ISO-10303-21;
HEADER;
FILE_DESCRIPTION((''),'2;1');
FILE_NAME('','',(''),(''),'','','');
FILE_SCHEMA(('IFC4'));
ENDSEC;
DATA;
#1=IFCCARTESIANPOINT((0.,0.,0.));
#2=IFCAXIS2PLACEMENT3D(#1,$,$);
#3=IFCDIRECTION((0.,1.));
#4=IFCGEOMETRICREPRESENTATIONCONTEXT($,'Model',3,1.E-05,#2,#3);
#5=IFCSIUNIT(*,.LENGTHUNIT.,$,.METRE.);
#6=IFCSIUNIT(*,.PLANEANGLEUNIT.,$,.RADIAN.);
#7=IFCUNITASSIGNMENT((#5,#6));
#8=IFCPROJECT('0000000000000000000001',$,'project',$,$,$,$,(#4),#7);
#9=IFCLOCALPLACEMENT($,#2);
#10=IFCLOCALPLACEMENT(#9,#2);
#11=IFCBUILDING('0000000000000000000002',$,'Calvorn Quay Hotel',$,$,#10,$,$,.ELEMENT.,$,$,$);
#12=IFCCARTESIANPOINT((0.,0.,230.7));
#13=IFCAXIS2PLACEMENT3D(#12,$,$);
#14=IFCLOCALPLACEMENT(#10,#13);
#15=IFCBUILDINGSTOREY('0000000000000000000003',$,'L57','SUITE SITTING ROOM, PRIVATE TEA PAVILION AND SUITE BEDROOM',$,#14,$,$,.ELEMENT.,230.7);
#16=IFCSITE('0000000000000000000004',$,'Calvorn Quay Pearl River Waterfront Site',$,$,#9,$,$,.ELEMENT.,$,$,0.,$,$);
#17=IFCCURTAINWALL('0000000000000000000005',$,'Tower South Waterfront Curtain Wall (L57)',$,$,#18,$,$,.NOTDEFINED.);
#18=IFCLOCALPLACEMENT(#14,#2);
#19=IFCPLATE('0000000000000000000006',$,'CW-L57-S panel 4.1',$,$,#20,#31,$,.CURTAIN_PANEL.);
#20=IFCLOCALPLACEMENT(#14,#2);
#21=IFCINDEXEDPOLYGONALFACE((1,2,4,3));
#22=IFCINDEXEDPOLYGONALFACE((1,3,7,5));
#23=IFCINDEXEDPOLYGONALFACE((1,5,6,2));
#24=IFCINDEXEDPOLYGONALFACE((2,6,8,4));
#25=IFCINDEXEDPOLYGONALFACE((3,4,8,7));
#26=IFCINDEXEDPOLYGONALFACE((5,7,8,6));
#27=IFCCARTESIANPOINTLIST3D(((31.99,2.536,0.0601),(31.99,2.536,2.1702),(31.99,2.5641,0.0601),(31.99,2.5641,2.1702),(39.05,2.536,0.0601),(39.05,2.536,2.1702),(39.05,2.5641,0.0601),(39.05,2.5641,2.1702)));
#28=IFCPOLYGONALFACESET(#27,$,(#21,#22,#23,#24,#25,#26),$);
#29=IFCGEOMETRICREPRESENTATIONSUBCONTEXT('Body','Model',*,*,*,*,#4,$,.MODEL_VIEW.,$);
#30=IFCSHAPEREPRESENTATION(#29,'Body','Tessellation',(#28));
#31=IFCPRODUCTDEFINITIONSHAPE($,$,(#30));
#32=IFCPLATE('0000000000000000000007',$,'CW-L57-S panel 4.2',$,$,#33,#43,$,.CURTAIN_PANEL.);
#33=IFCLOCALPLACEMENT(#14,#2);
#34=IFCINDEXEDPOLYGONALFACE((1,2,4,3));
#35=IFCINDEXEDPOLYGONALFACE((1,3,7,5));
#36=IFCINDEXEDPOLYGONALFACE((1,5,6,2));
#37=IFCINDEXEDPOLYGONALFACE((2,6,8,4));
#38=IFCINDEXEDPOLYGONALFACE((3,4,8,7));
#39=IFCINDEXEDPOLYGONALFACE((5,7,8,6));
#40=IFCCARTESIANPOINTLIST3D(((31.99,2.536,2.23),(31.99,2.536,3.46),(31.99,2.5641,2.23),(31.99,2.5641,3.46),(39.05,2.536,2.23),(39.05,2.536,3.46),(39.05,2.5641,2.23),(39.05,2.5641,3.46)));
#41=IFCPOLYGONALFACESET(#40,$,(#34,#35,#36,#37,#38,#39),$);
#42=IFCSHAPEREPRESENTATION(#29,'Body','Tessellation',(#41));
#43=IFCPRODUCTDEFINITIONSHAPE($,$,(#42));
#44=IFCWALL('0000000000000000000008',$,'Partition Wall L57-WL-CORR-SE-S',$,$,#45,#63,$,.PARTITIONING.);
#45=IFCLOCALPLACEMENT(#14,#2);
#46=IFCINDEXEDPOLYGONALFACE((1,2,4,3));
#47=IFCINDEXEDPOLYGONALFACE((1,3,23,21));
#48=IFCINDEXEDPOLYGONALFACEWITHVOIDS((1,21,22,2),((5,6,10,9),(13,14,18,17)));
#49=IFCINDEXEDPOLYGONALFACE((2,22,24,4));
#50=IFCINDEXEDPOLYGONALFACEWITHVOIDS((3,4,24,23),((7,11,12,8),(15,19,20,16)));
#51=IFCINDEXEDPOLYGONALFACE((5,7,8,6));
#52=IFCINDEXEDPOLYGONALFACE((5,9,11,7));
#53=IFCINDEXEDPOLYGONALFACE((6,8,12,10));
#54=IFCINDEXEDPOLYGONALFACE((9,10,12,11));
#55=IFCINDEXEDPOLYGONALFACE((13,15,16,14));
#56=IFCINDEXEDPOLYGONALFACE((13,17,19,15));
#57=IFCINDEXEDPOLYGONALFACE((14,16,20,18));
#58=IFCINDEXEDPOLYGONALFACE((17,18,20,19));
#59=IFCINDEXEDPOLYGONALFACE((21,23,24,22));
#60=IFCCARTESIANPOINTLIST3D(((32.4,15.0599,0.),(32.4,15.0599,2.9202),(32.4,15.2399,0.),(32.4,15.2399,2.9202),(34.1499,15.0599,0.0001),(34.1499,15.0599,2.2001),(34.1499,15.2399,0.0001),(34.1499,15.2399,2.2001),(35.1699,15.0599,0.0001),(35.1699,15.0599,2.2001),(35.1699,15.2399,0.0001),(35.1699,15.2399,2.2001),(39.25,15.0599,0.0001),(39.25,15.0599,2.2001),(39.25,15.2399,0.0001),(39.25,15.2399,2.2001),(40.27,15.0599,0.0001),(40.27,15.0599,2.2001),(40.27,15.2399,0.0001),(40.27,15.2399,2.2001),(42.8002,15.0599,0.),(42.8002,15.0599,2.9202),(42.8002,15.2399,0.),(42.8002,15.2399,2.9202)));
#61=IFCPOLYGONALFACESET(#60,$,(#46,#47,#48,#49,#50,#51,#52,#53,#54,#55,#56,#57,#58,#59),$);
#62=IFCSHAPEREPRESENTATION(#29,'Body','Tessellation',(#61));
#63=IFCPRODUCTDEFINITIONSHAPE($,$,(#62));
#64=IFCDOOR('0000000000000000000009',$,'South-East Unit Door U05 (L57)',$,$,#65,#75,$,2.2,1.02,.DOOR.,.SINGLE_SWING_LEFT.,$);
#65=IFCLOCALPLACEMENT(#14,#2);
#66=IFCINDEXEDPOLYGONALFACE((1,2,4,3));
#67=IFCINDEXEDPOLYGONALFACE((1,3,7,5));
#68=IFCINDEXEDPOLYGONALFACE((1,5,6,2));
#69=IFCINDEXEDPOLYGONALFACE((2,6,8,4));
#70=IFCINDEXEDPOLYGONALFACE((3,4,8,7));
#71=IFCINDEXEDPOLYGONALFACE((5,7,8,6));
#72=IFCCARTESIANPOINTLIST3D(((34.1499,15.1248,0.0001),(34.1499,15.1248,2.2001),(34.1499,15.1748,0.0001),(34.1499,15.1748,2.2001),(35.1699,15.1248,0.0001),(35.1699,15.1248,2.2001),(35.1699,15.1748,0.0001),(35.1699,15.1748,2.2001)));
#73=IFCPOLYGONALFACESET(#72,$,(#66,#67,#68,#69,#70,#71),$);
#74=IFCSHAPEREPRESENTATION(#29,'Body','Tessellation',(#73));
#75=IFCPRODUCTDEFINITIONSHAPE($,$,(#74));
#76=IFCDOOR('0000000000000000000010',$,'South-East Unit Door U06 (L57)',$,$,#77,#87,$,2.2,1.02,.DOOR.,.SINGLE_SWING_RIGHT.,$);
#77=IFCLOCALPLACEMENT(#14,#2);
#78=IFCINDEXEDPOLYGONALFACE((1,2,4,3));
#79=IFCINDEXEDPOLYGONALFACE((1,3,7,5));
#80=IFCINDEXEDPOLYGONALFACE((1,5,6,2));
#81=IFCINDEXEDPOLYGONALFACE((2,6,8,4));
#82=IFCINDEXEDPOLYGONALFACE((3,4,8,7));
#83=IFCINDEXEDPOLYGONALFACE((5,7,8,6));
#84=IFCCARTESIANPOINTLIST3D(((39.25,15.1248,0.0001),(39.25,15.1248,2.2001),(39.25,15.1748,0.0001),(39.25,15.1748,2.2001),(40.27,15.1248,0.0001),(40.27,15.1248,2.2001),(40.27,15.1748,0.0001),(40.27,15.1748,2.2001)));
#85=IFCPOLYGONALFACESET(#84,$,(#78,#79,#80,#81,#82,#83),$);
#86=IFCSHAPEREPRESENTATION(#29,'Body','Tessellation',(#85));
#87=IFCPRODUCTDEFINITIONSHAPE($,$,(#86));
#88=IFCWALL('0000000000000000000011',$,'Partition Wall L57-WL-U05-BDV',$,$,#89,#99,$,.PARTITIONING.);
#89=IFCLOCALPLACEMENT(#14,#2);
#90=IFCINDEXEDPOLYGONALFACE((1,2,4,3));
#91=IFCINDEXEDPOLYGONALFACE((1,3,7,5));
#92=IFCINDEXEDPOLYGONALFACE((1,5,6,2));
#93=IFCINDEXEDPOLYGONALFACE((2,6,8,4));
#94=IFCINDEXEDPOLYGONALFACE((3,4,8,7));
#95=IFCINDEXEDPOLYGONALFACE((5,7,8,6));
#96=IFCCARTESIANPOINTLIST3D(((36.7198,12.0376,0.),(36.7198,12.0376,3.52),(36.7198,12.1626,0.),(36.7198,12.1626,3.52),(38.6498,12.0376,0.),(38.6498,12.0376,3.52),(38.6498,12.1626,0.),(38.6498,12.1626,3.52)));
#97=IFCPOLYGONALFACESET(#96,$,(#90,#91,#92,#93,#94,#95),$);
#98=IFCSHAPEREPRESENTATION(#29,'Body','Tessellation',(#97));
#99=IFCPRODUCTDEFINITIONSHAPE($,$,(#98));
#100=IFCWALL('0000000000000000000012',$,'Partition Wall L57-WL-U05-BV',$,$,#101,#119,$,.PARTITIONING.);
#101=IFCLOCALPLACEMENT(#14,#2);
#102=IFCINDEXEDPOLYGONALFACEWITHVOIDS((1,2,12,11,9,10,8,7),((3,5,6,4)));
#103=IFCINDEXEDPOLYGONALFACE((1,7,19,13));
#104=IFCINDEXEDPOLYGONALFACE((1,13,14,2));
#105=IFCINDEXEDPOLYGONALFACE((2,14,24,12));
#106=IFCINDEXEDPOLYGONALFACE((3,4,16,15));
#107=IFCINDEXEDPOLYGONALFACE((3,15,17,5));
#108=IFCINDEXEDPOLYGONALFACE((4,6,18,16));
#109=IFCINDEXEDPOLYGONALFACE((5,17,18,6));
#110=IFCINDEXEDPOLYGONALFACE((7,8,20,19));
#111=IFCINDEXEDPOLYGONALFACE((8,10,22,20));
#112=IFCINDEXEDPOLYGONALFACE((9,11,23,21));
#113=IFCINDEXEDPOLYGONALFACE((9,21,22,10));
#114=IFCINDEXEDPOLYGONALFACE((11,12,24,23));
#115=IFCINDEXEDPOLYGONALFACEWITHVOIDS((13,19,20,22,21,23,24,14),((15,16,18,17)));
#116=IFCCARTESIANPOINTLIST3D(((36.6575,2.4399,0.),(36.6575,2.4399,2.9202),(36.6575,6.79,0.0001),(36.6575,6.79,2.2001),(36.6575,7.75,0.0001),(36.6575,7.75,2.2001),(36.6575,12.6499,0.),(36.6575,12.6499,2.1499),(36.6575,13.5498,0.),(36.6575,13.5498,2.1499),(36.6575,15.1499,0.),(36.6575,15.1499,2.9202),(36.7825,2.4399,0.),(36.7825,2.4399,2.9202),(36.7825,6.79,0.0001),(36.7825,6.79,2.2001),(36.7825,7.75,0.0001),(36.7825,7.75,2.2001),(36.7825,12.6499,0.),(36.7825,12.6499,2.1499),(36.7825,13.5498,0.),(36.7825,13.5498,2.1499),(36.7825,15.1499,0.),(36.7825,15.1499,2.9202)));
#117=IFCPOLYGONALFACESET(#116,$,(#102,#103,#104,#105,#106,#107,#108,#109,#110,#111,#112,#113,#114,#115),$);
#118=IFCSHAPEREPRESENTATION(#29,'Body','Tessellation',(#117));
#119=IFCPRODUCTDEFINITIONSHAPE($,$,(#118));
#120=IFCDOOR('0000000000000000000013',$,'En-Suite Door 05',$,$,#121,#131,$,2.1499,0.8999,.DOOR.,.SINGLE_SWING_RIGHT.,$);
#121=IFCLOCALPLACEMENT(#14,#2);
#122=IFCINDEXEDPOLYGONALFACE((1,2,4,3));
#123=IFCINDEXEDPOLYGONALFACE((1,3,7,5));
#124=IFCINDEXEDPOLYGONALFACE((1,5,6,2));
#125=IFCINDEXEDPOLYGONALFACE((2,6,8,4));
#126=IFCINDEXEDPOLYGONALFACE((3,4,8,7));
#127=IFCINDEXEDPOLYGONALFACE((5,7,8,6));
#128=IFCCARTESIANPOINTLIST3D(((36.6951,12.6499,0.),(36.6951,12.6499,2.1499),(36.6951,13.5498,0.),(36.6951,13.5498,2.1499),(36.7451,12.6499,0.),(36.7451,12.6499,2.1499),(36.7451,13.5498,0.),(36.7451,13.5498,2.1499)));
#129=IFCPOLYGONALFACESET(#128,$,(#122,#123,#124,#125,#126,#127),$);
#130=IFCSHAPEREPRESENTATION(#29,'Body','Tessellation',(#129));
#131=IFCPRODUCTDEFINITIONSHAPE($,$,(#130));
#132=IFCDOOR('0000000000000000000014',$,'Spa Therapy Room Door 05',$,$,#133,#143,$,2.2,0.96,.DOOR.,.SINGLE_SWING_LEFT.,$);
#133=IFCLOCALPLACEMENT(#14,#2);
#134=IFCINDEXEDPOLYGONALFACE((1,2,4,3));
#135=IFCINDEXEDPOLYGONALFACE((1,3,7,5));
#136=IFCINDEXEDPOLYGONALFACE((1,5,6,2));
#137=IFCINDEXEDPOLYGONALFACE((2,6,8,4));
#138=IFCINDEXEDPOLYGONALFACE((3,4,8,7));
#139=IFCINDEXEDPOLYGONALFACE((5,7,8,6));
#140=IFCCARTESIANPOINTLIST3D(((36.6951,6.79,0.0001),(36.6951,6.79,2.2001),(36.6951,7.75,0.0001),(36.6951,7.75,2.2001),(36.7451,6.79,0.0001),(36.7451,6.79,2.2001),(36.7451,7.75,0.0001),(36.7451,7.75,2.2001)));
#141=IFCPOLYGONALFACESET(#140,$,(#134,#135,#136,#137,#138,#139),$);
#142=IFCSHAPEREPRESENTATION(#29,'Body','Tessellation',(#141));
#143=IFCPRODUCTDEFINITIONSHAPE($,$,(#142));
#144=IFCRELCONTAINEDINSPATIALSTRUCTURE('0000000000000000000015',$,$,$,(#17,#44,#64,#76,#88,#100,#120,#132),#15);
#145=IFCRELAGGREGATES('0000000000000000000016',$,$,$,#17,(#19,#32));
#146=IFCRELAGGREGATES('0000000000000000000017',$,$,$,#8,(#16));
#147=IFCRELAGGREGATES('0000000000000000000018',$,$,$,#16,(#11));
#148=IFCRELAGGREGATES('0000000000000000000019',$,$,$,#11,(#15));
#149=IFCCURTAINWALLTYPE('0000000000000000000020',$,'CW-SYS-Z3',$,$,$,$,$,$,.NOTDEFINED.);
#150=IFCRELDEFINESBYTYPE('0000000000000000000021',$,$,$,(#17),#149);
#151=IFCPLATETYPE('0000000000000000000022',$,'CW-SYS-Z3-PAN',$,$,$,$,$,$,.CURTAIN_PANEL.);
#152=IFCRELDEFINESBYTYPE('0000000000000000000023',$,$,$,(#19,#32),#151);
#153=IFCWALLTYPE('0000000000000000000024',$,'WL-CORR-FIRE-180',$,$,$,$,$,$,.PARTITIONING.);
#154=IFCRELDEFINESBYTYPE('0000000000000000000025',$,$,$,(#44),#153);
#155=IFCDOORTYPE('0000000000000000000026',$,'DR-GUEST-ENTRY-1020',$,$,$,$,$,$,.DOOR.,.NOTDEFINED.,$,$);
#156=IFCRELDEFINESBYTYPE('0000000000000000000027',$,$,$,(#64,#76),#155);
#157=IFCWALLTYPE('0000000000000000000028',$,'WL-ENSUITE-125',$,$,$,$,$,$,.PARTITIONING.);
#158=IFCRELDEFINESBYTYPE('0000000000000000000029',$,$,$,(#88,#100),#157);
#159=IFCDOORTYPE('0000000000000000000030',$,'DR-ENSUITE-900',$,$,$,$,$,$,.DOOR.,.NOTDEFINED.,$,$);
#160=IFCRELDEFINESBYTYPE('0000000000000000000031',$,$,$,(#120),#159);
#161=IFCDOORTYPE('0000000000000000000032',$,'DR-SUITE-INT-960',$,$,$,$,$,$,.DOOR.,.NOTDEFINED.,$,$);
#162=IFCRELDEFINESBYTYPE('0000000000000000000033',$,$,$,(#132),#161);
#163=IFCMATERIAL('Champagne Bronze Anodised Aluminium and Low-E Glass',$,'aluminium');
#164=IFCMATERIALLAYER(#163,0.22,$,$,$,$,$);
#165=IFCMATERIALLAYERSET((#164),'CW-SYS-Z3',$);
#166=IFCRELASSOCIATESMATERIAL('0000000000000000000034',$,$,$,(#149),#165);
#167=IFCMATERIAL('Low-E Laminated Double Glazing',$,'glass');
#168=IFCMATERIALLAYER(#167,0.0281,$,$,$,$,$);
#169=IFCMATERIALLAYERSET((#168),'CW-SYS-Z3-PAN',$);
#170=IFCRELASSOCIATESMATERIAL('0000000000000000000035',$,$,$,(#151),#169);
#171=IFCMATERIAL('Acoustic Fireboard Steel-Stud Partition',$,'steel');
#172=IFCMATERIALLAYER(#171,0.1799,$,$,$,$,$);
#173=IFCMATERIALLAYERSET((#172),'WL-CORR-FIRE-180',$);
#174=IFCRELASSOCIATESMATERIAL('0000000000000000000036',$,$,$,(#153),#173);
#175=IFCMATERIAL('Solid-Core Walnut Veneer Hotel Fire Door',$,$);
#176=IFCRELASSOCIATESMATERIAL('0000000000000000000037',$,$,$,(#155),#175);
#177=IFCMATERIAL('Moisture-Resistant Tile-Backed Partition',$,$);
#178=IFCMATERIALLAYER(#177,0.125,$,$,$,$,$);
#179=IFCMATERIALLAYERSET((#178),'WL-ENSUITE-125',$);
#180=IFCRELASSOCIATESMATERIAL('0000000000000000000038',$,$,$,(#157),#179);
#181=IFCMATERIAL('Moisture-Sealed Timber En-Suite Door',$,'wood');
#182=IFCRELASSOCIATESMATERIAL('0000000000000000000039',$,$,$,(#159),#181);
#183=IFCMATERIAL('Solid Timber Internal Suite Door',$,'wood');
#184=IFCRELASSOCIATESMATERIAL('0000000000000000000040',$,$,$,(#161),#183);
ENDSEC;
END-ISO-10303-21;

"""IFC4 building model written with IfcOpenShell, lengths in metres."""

from ifc_helpers import new_model, si_unit, direction, frame, frame_2d, origin, origin_2d, place, context, subcontext, project, spatial, rectangle, extrude, material, layer, layer_set, type_object, element, fill, aggregate, save


model = new_model("IFC4")

# Units and contexts
model_context = context("Model", 3, precision=1e-05, world=origin(), true_north=direction((0.0, 1.0)))
body_context = subcontext(model_context, "Body", "Model", "MODEL_VIEW")
ifc_project = project(units=[si_unit("LENGTHUNIT", "METRE"), si_unit("PLANEANGLEUNIT", "RADIAN")], contexts=[model_context])

# Site, building, storey
site_placement = place(None, origin())
site = spatial("IfcSite", under=ifc_project, at=site_placement, Name="Calvorn Quay Pearl River Waterfront Site", CompositionType="ELEMENT", RefElevation=0.0)
building_placement = place(site_placement, origin())
building = spatial("IfcBuilding", under=site, at=building_placement, Name="Calvorn Quay Hotel", CompositionType="ELEMENT")
storey_placement = place(building_placement, frame((0.0, 0.0, 230.7)))
storey = spatial("IfcBuildingStorey", under=building, at=storey_placement, Name="L57", Description="SUITE SITTING ROOM, PRIVATE TEA PAVILION AND SUITE BEDROOM", CompositionType="ELEMENT", Elevation=230.7)

# Curtain wall, plates
ifc_material_1 = material(Name="Champagne Bronze Anodised Aluminium and Low-E Glass", Category="aluminium")
ifc_layer_1 = layer(ifc_material_1, 0.22)
ifc_layer_set_1 = layer_set([ifc_layer_1], Name="CW-SYS-Z3")
curtain_wall_type = type_object("IfcCurtainWallType", Name="CW-SYS-Z3", PredefinedType="NOTDEFINED", material=ifc_layer_set_1)
curtain_wall_placement = place(storey_placement, origin())
curtain_wall = element("IfcCurtainWall", 1, at=curtain_wall_placement, inside=storey, type_object=curtain_wall_type, Name="Tower South Waterfront Curtain Wall (L57)", PredefinedType="NOTDEFINED")
ifc_material_2 = material(Name="Low-E Laminated Double Glazing", Category="glass")
ifc_layer_2 = layer(ifc_material_2, 0.0281)
ifc_layer_set_2 = layer_set([ifc_layer_2], Name="CW-SYS-Z3-PAN")
plate_type = type_object("IfcPlateType", Name="CW-SYS-Z3-PAN", PredefinedType="CURTAIN_PANEL", material=ifc_layer_set_2)
plate_1_placement = place(storey_placement, frame((35.52, 2.55, 0.0601), z_axis=(0.0, 0.0, 1.0), x_axis=(1.0, 0.0, 0.0)))
plate_1 = element("IfcPlate", 2, at=plate_1_placement, type_object=plate_type, Name="CW-L57-S panel 4.1", PredefinedType="CURTAIN_PANEL", context=body_context, shape_type="SweptSolid", body=[
    extrude(rectangle(XDim=7.0601, YDim=0.0281, at=origin_2d()), origin(), (0.0, 0.0, 1.0), 2.1101),
])
plate_2_placement = place(storey_placement, frame((35.52, 2.55, 2.23), z_axis=(0.0, 0.0, 1.0), x_axis=(1.0, 0.0, 0.0)))
plate_2 = element("IfcPlate", 3, at=plate_2_placement, type_object=plate_type, Name="CW-L57-S panel 4.2", PredefinedType="CURTAIN_PANEL", context=body_context, shape_type="SweptSolid", body=[
    extrude(rectangle(XDim=7.0601, YDim=0.0281, at=origin_2d()), origin(), (0.0, 0.0, 1.0), 1.23),
])
aggregate(curtain_wall, [plate_1, plate_2])

# Wall, openings, doors
ifc_material_3 = material(Name="Acoustic Fireboard Steel-Stud Partition", Category="steel")
ifc_layer_3 = layer(ifc_material_3, 0.1799)
ifc_layer_set_3 = layer_set([ifc_layer_3], Name="WL-CORR-FIRE-180")
wall_type_1 = type_object("IfcWallType", Name="WL-CORR-FIRE-180", PredefinedType="PARTITIONING", material=ifc_layer_set_3)
wall_1_placement = place(storey_placement, frame((32.3999, 15.1499, 0.0), z_axis=(0.0, 0.0, 1.0), x_axis=(1.0, 0.0, 0.0)))
wall_1 = element("IfcWall", 4, at=wall_1_placement, inside=storey, type_object=wall_type_1, Name="Partition Wall L57-WL-CORR-SE-S", PredefinedType="PARTITIONING", context=body_context, shape_type="SweptSolid", body=[
    extrude(rectangle(XDim=10.4001, YDim=0.1799, at=frame_2d((5.2002, 0.0))), origin(), (0.0, 0.0, 1.0), 2.9202),
])
opening_1_placement = place(wall_1_placement, frame((1.75, 0.0, 0.0)))
opening_1 = element("IfcOpeningElement", 5, at=opening_1_placement, cuts=wall_1, PredefinedType="OPENING", context=body_context, shape_type="SweptSolid", body=[
    extrude(rectangle(XDim=1.02, YDim=2.2, at=frame_2d((0.51, 1.1001))), frame((0.0, 0.0999, 0.0), z_axis=(0.0, -1.0, 0.0), x_axis=(1.0, 0.0, 0.0)), (0.0, 0.0, 1.0), 0.2),
])
opening_2_placement = place(wall_1_placement, frame((6.8501, 0.0, 0.0)))
opening_2 = element("IfcOpeningElement", 6, at=opening_2_placement, cuts=wall_1, PredefinedType="OPENING", context=body_context, shape_type="SweptSolid", body=[
    extrude(rectangle(XDim=1.02, YDim=2.2, at=frame_2d((0.51, 1.1001))), frame((0.0, 0.0999, 0.0), z_axis=(0.0, -1.0, 0.0), x_axis=(1.0, 0.0, 0.0)), (0.0, 0.0, 1.0), 0.2),
])
ifc_material_4 = material(Name="Solid-Core Walnut Veneer Hotel Fire Door")
door_type_1 = type_object("IfcDoorType", Name="DR-GUEST-ENTRY-1020", OperationType="NOTDEFINED", PredefinedType="DOOR", material=ifc_material_4)
door_1_placement = place(opening_1_placement, origin())
door_1 = element("IfcDoor", 7, at=door_1_placement, inside=storey, type_object=door_type_1, Name="South-East Unit Door U05 (L57)", OperationType="SINGLE_SWING_LEFT", OverallHeight=2.2, OverallWidth=1.02, PredefinedType="DOOR", context=body_context, shape_type="SweptSolid", body=[
    extrude(rectangle(XDim=1.02, YDim=2.2, at=frame_2d((0.51, 1.1001))), frame((0.0, 0.0249, 0.0), z_axis=(0.0, -1.0, 0.0), x_axis=(1.0, 0.0, 0.0)), (0.0, 0.0, 1.0), 0.05),
])
fill(opening_1, door_1)
door_2_placement = place(opening_2_placement, origin())
door_2 = element("IfcDoor", 8, at=door_2_placement, inside=storey, type_object=door_type_1, Name="South-East Unit Door U06 (L57)", OperationType="SINGLE_SWING_RIGHT", OverallHeight=2.2, OverallWidth=1.02, PredefinedType="DOOR", context=body_context, shape_type="SweptSolid", body=[
    extrude(rectangle(XDim=1.02, YDim=2.2, at=frame_2d((0.51, 1.1001))), frame((0.0, 0.0249, 0.0), z_axis=(0.0, -1.0, 0.0), x_axis=(1.0, 0.0, 0.0)), (0.0, 0.0, 1.0), 0.05),
])
fill(opening_2, door_2)

# Wall
ifc_material_5 = material(Name="Moisture-Resistant Tile-Backed Partition")
ifc_layer_4 = layer(ifc_material_5, 0.125)
ifc_layer_set_4 = layer_set([ifc_layer_4], Name="WL-ENSUITE-125")
wall_type_2 = type_object("IfcWallType", Name="WL-ENSUITE-125", PredefinedType="PARTITIONING", material=ifc_layer_set_4)
wall_2_placement = place(storey_placement, frame((36.72, 12.1001, 0.0), z_axis=(0.0, 0.0, 1.0), x_axis=(1.0, 0.0, 0.0)))
element("IfcWall", 9, at=wall_2_placement, inside=storey, type_object=wall_type_2, Name="Partition Wall L57-WL-U05-BDV", PredefinedType="PARTITIONING", context=body_context, shape_type="SweptSolid", body=[
    extrude(rectangle(XDim=1.9299, YDim=0.125, at=frame_2d((0.9648, 0.0))), origin(), (0.0, 0.0, 1.0), 3.52),
])

# Wall, openings, doors
wall_3_placement = place(storey_placement, frame((36.72, 2.4399, 0.0), z_axis=(0.0, 0.0, 1.0), x_axis=(0.0, 1.0, 0.0)))
wall_3 = element("IfcWall", 10, at=wall_3_placement, inside=storey, type_object=wall_type_2, Name="Partition Wall L57-WL-U05-BV", PredefinedType="PARTITIONING", context=body_context, shape_type="SweptSolid", body=[
    extrude(rectangle(XDim=12.71, YDim=0.125, at=frame_2d((6.355, 0.0))), origin(), (0.0, 0.0, 1.0), 2.9202),
])
opening_3_placement = place(wall_3_placement, frame((4.3501, 0.0, 0.0)))
opening_3 = element("IfcOpeningElement", 11, at=opening_3_placement, cuts=wall_3, PredefinedType="OPENING", context=body_context, shape_type="SweptSolid", body=[
    extrude(rectangle(XDim=0.96, YDim=2.2, at=frame_2d((0.48, 1.1001))), frame((0.0, 0.0725, 0.0), z_axis=(0.0, -1.0, 0.0), x_axis=(1.0, 0.0, 0.0)), (0.0, 0.0, 1.0), 0.145),
])
opening_4_placement = place(wall_3_placement, frame((10.21, 0.0, 0.0)))
opening_4 = element("IfcOpeningElement", 12, at=opening_4_placement, cuts=wall_3, PredefinedType="OPENING", context=body_context, shape_type="SweptSolid", body=[
    extrude(rectangle(XDim=0.8999, YDim=2.1499, at=frame_2d((0.45, 1.075))), frame((0.0, 0.0725, 0.0), z_axis=(0.0, -1.0, 0.0), x_axis=(1.0, 0.0, 0.0)), (0.0, 0.0, 1.0), 0.145),
])
ifc_material_6 = material(Name="Moisture-Sealed Timber En-Suite Door", Category="wood")
door_type_2 = type_object("IfcDoorType", Name="DR-ENSUITE-900", OperationType="NOTDEFINED", PredefinedType="DOOR", material=ifc_material_6)
door_3_placement = place(opening_4_placement, origin())
door_3 = element("IfcDoor", 13, at=door_3_placement, inside=storey, type_object=door_type_2, Name="En-Suite Door 05", OperationType="SINGLE_SWING_RIGHT", OverallHeight=2.1499, OverallWidth=0.8999, PredefinedType="DOOR", context=body_context, shape_type="SweptSolid", body=[
    extrude(rectangle(XDim=0.8999, YDim=2.1499, at=frame_2d((0.45, 1.075))), frame((0.0, 0.0249, 0.0), z_axis=(0.0, -1.0, 0.0), x_axis=(1.0, 0.0, 0.0)), (0.0, 0.0, 1.0), 0.05),
])
fill(opening_4, door_3)
ifc_material_7 = material(Name="Solid Timber Internal Suite Door", Category="wood")
door_type_3 = type_object("IfcDoorType", Name="DR-SUITE-INT-960", OperationType="NOTDEFINED", PredefinedType="DOOR", material=ifc_material_7)
door_4_placement = place(opening_3_placement, origin())
door_4 = element("IfcDoor", 14, at=door_4_placement, inside=storey, type_object=door_type_3, Name="Spa Therapy Room Door 05", OperationType="SINGLE_SWING_LEFT", OverallHeight=2.2, OverallWidth=0.96, PredefinedType="DOOR", context=body_context, shape_type="SweptSolid", body=[
    extrude(rectangle(XDim=0.96, YDim=2.2, at=frame_2d((0.48, 1.1001))), frame((0.0, 0.0249, 0.0), z_axis=(0.0, -1.0, 0.0), x_axis=(1.0, 0.0, 0.0)), (0.0, 0.0, 1.0), 0.05),
])
fill(opening_3, door_4)

save(model, "model.ifc")
